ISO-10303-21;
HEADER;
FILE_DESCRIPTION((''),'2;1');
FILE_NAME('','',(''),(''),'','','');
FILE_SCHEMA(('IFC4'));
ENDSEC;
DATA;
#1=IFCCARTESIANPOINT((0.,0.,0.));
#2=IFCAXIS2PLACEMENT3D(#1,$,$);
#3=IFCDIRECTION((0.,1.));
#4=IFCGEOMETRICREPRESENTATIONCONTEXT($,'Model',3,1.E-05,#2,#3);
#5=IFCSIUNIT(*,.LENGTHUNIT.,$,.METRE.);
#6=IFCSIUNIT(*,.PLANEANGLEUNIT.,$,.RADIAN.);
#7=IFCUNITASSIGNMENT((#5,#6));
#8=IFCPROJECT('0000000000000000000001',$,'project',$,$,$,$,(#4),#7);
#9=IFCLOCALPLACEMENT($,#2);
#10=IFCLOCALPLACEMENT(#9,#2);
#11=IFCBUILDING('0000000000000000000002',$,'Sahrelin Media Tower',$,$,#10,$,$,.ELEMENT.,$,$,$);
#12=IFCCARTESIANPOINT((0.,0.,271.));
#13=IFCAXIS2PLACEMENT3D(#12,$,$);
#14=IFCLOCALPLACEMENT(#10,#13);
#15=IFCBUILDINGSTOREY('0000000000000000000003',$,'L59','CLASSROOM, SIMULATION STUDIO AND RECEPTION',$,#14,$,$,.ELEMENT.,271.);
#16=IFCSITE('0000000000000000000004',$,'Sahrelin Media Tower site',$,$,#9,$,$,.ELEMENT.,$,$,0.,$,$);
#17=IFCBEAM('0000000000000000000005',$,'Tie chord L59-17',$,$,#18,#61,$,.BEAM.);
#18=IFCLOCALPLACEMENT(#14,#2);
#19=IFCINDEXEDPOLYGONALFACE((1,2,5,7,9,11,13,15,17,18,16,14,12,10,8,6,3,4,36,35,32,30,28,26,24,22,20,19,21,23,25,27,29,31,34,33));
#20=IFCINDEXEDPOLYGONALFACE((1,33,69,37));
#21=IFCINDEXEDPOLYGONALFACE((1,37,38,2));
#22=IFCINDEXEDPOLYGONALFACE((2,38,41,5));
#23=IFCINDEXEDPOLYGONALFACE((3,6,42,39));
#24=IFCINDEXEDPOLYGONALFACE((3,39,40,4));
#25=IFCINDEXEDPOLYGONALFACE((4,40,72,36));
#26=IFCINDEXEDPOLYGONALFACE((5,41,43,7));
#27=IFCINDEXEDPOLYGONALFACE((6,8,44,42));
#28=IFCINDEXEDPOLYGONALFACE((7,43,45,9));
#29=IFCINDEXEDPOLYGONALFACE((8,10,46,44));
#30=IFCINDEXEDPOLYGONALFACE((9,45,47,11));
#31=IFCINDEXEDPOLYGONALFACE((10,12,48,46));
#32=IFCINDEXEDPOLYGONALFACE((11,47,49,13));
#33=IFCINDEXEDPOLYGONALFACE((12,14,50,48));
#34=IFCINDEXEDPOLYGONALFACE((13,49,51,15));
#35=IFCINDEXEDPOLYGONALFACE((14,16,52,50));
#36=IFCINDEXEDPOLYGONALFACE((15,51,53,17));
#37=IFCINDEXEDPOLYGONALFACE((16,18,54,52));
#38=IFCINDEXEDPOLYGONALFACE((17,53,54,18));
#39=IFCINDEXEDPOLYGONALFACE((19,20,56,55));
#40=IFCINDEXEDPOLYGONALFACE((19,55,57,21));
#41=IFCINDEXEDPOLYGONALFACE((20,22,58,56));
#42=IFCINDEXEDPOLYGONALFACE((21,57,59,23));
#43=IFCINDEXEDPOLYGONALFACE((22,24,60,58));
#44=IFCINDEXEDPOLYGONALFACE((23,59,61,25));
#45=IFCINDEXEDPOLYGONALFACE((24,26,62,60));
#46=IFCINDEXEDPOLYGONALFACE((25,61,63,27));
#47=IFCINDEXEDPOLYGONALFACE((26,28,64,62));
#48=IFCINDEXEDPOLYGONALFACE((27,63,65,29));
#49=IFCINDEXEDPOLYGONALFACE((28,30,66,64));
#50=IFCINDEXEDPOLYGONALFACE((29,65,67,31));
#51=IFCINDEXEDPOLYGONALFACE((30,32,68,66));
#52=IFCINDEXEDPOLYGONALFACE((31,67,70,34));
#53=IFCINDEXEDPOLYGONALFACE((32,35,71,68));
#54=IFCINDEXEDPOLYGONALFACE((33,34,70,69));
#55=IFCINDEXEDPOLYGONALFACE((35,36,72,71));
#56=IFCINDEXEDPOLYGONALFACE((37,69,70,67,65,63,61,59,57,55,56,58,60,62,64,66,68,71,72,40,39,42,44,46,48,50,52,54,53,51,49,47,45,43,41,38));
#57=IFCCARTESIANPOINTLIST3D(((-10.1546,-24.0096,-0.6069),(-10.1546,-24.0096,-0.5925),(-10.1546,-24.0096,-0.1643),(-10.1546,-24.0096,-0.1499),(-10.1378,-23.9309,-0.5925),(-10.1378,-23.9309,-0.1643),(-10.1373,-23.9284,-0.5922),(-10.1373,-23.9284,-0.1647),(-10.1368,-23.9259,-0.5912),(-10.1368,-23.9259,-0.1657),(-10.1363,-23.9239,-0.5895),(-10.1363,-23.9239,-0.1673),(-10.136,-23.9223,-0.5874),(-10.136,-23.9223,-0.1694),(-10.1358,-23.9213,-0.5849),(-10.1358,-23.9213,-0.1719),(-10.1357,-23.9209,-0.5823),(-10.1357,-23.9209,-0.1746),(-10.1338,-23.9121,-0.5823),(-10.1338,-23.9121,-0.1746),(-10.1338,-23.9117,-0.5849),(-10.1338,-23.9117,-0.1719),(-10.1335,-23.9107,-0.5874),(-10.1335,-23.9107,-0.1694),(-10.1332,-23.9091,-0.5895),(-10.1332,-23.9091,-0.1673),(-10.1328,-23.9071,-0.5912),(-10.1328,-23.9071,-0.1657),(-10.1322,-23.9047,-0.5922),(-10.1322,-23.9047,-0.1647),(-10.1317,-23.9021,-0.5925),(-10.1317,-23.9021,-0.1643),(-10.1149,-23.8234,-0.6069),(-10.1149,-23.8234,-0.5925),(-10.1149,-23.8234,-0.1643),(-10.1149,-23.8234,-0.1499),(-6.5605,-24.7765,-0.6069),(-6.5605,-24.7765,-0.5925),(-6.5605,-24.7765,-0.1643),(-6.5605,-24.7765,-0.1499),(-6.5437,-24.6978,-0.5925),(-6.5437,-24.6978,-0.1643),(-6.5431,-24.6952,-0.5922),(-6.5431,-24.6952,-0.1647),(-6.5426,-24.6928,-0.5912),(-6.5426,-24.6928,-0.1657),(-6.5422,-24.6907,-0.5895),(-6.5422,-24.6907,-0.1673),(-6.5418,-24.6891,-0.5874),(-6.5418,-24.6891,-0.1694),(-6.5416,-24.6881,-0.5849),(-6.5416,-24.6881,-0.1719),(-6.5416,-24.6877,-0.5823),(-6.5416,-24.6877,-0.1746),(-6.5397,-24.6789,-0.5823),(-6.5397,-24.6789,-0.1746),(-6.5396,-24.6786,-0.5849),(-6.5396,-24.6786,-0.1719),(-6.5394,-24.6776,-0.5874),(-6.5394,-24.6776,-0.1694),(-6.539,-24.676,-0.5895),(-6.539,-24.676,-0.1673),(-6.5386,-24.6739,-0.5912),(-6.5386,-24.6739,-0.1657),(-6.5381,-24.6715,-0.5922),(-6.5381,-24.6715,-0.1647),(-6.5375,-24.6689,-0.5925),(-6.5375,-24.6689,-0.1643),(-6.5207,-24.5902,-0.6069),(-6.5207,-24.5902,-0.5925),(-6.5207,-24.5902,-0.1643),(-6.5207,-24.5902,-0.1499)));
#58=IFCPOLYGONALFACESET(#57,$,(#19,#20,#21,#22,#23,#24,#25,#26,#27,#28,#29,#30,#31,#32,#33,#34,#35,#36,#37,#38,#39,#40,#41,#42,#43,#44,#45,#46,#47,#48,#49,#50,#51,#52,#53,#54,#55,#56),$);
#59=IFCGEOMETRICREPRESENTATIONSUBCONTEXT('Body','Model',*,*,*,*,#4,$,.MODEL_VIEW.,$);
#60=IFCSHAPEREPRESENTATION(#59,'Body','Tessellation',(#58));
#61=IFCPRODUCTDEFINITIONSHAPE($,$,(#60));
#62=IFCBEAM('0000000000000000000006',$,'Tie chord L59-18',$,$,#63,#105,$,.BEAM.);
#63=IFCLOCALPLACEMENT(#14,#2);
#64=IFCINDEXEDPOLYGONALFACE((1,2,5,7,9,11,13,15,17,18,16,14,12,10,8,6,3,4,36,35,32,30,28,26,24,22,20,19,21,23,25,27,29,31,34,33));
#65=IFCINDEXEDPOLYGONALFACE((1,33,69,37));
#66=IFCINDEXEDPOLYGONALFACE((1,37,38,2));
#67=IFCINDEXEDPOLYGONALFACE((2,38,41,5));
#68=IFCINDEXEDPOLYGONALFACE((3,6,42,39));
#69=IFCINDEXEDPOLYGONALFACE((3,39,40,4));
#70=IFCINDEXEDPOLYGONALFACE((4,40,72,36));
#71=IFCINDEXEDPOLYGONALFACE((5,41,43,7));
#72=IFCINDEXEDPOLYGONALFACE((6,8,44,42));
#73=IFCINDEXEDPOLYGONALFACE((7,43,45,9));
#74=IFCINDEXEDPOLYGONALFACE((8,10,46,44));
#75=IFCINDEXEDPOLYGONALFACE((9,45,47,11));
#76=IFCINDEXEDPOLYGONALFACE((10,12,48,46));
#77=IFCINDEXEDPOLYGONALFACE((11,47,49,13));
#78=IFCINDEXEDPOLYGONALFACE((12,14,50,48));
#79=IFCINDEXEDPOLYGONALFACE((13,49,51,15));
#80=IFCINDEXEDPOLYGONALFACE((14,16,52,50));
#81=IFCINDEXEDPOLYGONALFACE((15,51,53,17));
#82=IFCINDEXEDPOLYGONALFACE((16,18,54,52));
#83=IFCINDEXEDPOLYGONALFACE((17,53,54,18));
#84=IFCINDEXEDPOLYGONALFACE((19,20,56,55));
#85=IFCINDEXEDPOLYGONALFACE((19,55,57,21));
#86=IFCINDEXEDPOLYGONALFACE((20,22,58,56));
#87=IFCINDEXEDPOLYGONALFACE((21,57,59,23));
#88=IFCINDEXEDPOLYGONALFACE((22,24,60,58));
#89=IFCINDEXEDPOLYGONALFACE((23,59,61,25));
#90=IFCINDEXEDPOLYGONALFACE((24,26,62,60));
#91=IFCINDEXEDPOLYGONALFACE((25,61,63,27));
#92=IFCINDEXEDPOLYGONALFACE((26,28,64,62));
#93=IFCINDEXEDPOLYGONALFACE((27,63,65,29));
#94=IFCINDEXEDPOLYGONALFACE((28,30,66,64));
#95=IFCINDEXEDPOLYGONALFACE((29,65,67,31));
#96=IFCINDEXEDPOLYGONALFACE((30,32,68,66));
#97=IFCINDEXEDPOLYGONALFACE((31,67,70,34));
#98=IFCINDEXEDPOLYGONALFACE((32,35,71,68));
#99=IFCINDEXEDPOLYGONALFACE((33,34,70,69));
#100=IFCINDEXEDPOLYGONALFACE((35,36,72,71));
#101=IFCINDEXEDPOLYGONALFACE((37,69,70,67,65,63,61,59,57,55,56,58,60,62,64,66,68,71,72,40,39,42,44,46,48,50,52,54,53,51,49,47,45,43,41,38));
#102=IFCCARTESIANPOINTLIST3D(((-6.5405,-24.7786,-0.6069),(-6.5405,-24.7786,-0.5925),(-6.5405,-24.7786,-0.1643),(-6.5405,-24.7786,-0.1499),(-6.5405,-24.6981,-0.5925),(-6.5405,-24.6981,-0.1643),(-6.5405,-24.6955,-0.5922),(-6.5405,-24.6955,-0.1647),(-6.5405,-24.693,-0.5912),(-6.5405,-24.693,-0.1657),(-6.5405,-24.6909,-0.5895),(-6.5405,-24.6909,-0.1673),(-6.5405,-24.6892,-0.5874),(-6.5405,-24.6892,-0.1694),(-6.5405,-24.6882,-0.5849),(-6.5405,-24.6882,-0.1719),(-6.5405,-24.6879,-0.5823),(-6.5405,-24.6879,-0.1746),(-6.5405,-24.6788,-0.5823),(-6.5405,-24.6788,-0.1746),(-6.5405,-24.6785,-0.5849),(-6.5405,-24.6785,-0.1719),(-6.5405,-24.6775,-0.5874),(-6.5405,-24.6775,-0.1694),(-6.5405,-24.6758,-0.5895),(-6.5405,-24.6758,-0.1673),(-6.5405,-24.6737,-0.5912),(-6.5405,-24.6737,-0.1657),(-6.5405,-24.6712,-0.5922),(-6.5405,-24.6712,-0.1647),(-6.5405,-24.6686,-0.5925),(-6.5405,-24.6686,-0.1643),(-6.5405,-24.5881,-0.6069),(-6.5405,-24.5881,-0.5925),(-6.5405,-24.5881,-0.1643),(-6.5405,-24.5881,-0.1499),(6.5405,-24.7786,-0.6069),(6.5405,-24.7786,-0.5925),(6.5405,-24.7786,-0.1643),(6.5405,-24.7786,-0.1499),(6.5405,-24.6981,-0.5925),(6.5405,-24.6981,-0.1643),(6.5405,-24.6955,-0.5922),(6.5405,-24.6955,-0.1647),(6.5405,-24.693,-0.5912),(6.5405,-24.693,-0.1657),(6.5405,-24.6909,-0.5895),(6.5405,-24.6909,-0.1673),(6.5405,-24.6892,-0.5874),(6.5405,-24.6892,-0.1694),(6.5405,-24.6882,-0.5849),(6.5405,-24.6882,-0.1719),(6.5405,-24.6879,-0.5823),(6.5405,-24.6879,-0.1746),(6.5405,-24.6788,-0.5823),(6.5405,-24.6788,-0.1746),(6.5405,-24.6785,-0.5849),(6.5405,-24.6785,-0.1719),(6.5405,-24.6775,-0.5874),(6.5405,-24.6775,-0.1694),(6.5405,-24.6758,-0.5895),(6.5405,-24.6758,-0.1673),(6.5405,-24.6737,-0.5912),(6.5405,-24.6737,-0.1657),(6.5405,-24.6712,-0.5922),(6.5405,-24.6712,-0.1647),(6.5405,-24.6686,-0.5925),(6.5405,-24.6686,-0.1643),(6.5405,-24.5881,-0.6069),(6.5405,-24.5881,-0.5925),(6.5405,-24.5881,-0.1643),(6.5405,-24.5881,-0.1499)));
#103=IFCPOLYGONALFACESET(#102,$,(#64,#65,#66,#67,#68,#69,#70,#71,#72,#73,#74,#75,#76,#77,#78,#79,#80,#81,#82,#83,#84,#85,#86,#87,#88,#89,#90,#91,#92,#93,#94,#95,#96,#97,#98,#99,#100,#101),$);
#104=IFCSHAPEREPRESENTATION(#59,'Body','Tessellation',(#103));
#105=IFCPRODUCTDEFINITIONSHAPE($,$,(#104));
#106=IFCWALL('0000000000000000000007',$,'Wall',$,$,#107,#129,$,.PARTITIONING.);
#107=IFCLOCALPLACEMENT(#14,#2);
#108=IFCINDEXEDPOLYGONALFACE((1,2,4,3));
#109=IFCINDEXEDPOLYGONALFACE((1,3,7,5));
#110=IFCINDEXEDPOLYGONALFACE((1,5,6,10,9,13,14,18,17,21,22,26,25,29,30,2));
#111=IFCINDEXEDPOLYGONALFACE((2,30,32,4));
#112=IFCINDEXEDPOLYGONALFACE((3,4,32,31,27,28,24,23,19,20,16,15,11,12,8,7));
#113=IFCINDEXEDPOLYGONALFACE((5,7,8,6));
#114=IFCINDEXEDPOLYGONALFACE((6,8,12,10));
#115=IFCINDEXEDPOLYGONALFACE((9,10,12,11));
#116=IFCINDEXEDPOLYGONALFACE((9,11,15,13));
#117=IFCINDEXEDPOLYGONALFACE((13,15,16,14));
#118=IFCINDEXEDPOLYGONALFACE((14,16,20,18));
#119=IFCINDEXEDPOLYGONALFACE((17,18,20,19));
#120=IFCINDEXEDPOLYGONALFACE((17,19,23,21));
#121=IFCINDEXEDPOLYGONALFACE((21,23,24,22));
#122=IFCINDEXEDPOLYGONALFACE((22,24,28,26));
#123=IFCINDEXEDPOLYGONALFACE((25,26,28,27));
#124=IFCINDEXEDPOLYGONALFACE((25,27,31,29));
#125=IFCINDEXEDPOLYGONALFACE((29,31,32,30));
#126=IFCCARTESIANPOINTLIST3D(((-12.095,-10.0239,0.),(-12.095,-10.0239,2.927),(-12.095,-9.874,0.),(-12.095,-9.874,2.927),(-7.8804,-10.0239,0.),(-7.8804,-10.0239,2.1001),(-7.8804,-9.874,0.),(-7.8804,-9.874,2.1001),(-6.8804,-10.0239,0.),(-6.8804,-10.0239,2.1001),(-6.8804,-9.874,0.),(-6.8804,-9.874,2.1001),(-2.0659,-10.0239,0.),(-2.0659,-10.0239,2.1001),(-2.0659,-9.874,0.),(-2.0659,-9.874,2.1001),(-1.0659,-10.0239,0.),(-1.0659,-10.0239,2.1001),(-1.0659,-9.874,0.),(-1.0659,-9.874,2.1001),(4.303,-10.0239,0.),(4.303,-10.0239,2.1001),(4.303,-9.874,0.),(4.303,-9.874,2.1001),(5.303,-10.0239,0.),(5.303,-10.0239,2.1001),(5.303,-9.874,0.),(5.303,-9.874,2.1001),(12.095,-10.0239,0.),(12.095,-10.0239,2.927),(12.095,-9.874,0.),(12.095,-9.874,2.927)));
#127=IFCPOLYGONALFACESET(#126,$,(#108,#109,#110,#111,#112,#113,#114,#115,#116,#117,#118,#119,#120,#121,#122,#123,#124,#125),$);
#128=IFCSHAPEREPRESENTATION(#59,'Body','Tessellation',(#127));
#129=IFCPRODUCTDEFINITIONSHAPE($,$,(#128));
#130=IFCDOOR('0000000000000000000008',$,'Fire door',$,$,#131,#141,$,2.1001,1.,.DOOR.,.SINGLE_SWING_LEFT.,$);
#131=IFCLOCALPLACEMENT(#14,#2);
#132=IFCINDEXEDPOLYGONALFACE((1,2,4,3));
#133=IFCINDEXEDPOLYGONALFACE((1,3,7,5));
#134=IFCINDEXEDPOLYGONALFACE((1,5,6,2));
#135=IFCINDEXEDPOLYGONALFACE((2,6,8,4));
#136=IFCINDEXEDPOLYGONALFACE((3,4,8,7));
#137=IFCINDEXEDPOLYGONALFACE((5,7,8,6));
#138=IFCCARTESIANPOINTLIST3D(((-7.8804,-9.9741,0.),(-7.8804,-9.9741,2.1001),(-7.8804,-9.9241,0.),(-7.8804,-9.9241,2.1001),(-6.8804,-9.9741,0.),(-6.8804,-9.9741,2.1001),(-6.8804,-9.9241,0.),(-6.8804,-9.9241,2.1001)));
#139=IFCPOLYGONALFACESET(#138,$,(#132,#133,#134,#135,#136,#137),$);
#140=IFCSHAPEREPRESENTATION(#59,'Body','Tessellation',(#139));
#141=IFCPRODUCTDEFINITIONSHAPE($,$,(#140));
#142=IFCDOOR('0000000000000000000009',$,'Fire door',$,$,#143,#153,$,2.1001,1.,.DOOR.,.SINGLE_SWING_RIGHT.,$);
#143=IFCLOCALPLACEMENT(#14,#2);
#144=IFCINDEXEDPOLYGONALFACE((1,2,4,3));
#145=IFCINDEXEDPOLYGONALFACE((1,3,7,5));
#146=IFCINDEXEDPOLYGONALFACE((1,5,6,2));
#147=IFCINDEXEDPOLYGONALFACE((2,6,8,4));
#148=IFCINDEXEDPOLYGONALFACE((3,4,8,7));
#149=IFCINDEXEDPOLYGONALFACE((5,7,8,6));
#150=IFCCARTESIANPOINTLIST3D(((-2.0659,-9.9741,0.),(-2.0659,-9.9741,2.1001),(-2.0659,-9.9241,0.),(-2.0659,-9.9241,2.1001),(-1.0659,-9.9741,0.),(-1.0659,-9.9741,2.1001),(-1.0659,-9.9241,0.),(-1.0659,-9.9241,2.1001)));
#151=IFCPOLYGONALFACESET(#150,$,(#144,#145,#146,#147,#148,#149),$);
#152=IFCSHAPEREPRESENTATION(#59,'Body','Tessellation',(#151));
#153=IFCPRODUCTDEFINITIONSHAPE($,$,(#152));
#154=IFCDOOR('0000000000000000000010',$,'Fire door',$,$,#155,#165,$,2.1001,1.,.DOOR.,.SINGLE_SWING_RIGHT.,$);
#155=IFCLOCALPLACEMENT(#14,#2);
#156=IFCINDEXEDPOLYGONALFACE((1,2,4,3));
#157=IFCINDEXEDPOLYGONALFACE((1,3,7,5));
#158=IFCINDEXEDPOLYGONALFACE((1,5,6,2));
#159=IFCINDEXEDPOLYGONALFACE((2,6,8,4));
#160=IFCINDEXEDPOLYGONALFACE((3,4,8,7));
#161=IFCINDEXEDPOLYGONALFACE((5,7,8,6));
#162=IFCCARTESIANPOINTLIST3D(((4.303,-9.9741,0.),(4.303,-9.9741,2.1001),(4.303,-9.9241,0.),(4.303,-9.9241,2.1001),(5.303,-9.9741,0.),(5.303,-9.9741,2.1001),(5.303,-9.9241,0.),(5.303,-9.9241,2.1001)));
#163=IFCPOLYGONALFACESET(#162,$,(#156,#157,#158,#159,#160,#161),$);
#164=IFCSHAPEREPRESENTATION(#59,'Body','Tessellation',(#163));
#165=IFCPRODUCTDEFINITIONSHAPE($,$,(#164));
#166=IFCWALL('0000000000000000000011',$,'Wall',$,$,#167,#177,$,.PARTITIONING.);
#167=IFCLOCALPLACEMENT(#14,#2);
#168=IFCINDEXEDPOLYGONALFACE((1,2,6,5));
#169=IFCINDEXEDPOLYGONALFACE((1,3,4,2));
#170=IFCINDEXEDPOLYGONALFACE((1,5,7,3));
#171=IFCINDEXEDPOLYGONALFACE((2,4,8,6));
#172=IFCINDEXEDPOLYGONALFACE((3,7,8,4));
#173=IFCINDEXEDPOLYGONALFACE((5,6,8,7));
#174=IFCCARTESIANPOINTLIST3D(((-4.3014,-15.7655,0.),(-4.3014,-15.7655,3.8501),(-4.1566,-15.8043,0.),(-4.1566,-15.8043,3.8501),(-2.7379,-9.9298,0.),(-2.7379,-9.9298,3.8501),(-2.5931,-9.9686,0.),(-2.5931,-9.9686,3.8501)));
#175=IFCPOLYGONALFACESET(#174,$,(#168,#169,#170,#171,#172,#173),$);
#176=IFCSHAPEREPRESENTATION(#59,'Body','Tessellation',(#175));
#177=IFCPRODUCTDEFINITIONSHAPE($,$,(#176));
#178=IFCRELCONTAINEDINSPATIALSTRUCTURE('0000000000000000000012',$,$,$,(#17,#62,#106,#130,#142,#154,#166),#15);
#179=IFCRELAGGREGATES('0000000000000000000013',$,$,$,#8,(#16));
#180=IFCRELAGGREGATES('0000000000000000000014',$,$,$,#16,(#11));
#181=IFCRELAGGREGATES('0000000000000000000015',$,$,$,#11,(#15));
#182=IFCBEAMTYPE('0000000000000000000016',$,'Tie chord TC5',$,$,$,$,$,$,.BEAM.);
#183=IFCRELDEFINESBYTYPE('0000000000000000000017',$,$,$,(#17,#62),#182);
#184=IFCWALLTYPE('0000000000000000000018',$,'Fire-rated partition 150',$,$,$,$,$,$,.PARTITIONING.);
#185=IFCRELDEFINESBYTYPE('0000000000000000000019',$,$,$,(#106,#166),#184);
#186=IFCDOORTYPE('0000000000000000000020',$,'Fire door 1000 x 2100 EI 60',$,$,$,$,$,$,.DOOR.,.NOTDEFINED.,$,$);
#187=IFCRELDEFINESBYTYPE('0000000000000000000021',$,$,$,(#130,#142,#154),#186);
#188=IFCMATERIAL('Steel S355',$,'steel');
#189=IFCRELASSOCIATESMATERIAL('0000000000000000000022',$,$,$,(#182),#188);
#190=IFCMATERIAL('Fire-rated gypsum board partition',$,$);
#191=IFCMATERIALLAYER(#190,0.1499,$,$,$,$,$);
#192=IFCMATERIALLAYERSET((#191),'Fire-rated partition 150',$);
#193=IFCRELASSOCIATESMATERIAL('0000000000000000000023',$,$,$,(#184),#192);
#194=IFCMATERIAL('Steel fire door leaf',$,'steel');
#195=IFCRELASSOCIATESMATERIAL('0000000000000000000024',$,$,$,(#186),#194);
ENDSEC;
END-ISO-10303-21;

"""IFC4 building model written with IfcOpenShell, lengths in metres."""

from ifc_helpers import new_model, si_unit, direction, frame, frame_2d, origin, origin_2d, place, context, subcontext, project, spatial, rectangle, i_section, extrude, material, layer, layer_set, material_profile, profile_set, type_object, element, fill, save


model = new_model("IFC4")

# Units and contexts
model_context = context("Model", 3, precision=1e-05, world=origin(), true_north=direction((0.0, 1.0)))
body_context = subcontext(model_context, "Body", "Model", "MODEL_VIEW")
ifc_project = project(units=[si_unit("LENGTHUNIT", "METRE"), si_unit("PLANEANGLEUNIT", "RADIAN")], contexts=[model_context])

# Site, building, storey
site_placement = place(None, origin())
site = spatial("IfcSite", under=ifc_project, at=site_placement, Name="Sahrelin Media Tower site", CompositionType="ELEMENT", RefElevation=0.0)
building_placement = place(site_placement, origin())
building = spatial("IfcBuilding", under=site, at=building_placement, Name="Sahrelin Media Tower", CompositionType="ELEMENT")
storey_placement = place(building_placement, frame((0.0, 0.0, 271.0)))
storey = spatial("IfcBuildingStorey", under=building, at=storey_placement, Name="L59", Description="CLASSROOM, SIMULATION STUDIO AND RECEPTION", CompositionType="ELEMENT", Elevation=271.0)

# Beams
ifc_material_1 = material(Name="Steel S355", Category="steel")
ifc_material_profile_1 = material_profile(ifc_material_1, i_section(OverallWidth=0.1904, OverallDepth=0.457, WebThickness=0.009, FlangeThickness=0.0144, FilletRadius=0.0103, at=origin_2d()), Name="UB 457x191x74")
ifc_profile_set_1 = profile_set([ifc_material_profile_1], Name="Steel S355")
beam_type_1 = type_object("IfcBeamType", Name="Tie chord TC5", PredefinedType="BEAM", material=ifc_profile_set_1)
beam_1_placement = place(storey_placement, frame((-10.1348, -23.9165, -0.3784), z_axis=(0.977989, -0.208658, 0.0), x_axis=(0.208658, 0.977989, 0.0)))
element("IfcBeam", 1, at=beam_1_placement, inside=storey, type_object=beam_type_1, Name="Tie chord L59-17", PredefinedType="BEAM", context=body_context, shape_type="SweptSolid", body=[
    extrude(i_section(OverallWidth=0.1904, OverallDepth=0.457, WebThickness=0.009, FlangeThickness=0.0144, FilletRadius=0.0103, at=origin_2d()), origin(), (0.0, 0.0, 1.0), 3.675),
])
beam_2_placement = place(storey_placement, frame((-6.5405, -24.6833, -0.3784), z_axis=(1.0, 0.0, 0.0), x_axis=(0.0, 1.0, 0.0)))
element("IfcBeam", 2, at=beam_2_placement, inside=storey, type_object=beam_type_1, Name="Tie chord L59-18", PredefinedType="BEAM", context=body_context, shape_type="SweptSolid", body=[
    extrude(i_section(OverallWidth=0.1904, OverallDepth=0.457, WebThickness=0.009, FlangeThickness=0.0144, FilletRadius=0.0103, at=origin_2d()), origin(), (0.0, 0.0, 1.0), 13.0811),
])

# Wall, openings, doors
ifc_material_2 = material(Name="Fire-rated gypsum board partition")
ifc_layer_1 = layer(ifc_material_2, 0.1499)
ifc_layer_set_1 = layer_set([ifc_layer_1], Name="Fire-rated partition 150")
wall_type_1 = type_object("IfcWallType", Name="Fire-rated partition 150", PredefinedType="PARTITIONING", material=ifc_layer_set_1)
wall_1_placement = place(storey_placement, frame((-12.095, -9.949, 0.0), z_axis=(0.0, 0.0, 1.0), x_axis=(1.0, 0.0, 0.0)))
wall_1 = element("IfcWall", 3, at=wall_1_placement, inside=storey, type_object=wall_type_1, Name="Wall", PredefinedType="PARTITIONING", context=body_context, shape_type="SweptSolid", body=[
    extrude(rectangle(XDim=24.1899, YDim=0.1499, at=frame_2d((12.095, 0.0))), origin(), (0.0, 0.0, 1.0), 2.927),
])
opening_1_placement = place(wall_1_placement, frame((4.2146, 0.0, 0.0)))
opening_1 = element("IfcOpeningElement", 4, at=opening_1_placement, cuts=wall_1, PredefinedType="OPENING", context=body_context, shape_type="SweptSolid", body=[
    extrude(rectangle(XDim=1.0, YDim=2.1001, at=frame_2d((0.5, 1.05))), frame((0.0, 0.075, 0.0), z_axis=(0.0, -1.0, 0.0), x_axis=(1.0, 0.0, 0.0)), (0.0, 0.0, 1.0), 0.1499),
])
opening_2_placement = place(wall_1_placement, frame((10.0291, 0.0, 0.0)))
opening_2 = element("IfcOpeningElement", 5, at=opening_2_placement, cuts=wall_1, PredefinedType="OPENING", context=body_context, shape_type="SweptSolid", body=[
    extrude(rectangle(XDim=1.0, YDim=2.1001, at=frame_2d((0.5, 1.05))), frame((0.0, 0.075, 0.0), z_axis=(0.0, -1.0, 0.0), x_axis=(1.0, 0.0, 0.0)), (0.0, 0.0, 1.0), 0.1499),
])
opening_3_placement = place(wall_1_placement, frame((16.3979, 0.0, 0.0)))
opening_3 = element("IfcOpeningElement", 6, at=opening_3_placement, cuts=wall_1, PredefinedType="OPENING", context=body_context, shape_type="SweptSolid", body=[
    extrude(rectangle(XDim=1.0, YDim=2.1001, at=frame_2d((0.5, 1.05))), frame((0.0, 0.075, 0.0), z_axis=(0.0, -1.0, 0.0), x_axis=(1.0, 0.0, 0.0)), (0.0, 0.0, 1.0), 0.1499),
])
ifc_material_3 = material(Name="Steel fire door leaf", Category="steel")
door_type_1 = type_object("IfcDoorType", Name="Fire door 1000 x 2100 EI 60", OperationType="NOTDEFINED", PredefinedType="DOOR", material=ifc_material_3)
door_1_placement = place(opening_1_placement, origin())
door_1 = element("IfcDoor", 7, at=door_1_placement, inside=storey, type_object=door_type_1, Name="Fire door", OperationType="SINGLE_SWING_LEFT", OverallHeight=2.1001, OverallWidth=1.0, PredefinedType="DOOR", context=body_context, shape_type="SweptSolid", body=[
    extrude(rectangle(XDim=1.0, YDim=2.1001, at=frame_2d((0.5, 1.05))), frame((0.0, 0.0249, 0.0), z_axis=(0.0, -1.0, 0.0), x_axis=(1.0, 0.0, 0.0)), (0.0, 0.0, 1.0), 0.05),
])
fill(opening_1, door_1)
door_2_placement = place(opening_2_placement, origin())
door_2 = element("IfcDoor", 8, at=door_2_placement, inside=storey, type_object=door_type_1, Name="Fire door", OperationType="SINGLE_SWING_RIGHT", OverallHeight=2.1001, OverallWidth=1.0, PredefinedType="DOOR", context=body_context, shape_type="SweptSolid", body=[
    extrude(rectangle(XDim=1.0, YDim=2.1001, at=frame_2d((0.5, 1.05))), frame((0.0, 0.0249, 0.0), z_axis=(0.0, -1.0, 0.0), x_axis=(1.0, 0.0, 0.0)), (0.0, 0.0, 1.0), 0.05),
])
fill(opening_2, door_2)
door_3_placement = place(opening_3_placement, origin())
door_3 = element("IfcDoor", 9, at=door_3_placement, inside=storey, type_object=door_type_1, Name="Fire door", OperationType="SINGLE_SWING_RIGHT", OverallHeight=2.1001, OverallWidth=1.0, PredefinedType="DOOR", context=body_context, shape_type="SweptSolid", body=[
    extrude(rectangle(XDim=1.0, YDim=2.1001, at=frame_2d((0.5, 1.05))), frame((0.0, 0.0249, 0.0), z_axis=(0.0, -1.0, 0.0), x_axis=(1.0, 0.0, 0.0)), (0.0, 0.0, 1.0), 0.05),
])
fill(opening_3, door_3)

# Wall
wall_2_placement = place(storey_placement, frame((-4.229, -15.7849, 0.0), z_axis=(0.0, 0.0, 1.0), x_axis=(0.258789, 0.965934, 0.0)))
element("IfcWall", 10, at=wall_2_placement, inside=storey, type_object=wall_type_1, Name="Wall", PredefinedType="PARTITIONING", context=body_context, shape_type="SweptSolid", body=[
    extrude(rectangle(XDim=6.0415, YDim=0.1499, at=frame_2d((3.0208, 0.0))), origin(), (0.0, 0.0, 1.0), 3.8501),
])

save(model, "model.ifc")
